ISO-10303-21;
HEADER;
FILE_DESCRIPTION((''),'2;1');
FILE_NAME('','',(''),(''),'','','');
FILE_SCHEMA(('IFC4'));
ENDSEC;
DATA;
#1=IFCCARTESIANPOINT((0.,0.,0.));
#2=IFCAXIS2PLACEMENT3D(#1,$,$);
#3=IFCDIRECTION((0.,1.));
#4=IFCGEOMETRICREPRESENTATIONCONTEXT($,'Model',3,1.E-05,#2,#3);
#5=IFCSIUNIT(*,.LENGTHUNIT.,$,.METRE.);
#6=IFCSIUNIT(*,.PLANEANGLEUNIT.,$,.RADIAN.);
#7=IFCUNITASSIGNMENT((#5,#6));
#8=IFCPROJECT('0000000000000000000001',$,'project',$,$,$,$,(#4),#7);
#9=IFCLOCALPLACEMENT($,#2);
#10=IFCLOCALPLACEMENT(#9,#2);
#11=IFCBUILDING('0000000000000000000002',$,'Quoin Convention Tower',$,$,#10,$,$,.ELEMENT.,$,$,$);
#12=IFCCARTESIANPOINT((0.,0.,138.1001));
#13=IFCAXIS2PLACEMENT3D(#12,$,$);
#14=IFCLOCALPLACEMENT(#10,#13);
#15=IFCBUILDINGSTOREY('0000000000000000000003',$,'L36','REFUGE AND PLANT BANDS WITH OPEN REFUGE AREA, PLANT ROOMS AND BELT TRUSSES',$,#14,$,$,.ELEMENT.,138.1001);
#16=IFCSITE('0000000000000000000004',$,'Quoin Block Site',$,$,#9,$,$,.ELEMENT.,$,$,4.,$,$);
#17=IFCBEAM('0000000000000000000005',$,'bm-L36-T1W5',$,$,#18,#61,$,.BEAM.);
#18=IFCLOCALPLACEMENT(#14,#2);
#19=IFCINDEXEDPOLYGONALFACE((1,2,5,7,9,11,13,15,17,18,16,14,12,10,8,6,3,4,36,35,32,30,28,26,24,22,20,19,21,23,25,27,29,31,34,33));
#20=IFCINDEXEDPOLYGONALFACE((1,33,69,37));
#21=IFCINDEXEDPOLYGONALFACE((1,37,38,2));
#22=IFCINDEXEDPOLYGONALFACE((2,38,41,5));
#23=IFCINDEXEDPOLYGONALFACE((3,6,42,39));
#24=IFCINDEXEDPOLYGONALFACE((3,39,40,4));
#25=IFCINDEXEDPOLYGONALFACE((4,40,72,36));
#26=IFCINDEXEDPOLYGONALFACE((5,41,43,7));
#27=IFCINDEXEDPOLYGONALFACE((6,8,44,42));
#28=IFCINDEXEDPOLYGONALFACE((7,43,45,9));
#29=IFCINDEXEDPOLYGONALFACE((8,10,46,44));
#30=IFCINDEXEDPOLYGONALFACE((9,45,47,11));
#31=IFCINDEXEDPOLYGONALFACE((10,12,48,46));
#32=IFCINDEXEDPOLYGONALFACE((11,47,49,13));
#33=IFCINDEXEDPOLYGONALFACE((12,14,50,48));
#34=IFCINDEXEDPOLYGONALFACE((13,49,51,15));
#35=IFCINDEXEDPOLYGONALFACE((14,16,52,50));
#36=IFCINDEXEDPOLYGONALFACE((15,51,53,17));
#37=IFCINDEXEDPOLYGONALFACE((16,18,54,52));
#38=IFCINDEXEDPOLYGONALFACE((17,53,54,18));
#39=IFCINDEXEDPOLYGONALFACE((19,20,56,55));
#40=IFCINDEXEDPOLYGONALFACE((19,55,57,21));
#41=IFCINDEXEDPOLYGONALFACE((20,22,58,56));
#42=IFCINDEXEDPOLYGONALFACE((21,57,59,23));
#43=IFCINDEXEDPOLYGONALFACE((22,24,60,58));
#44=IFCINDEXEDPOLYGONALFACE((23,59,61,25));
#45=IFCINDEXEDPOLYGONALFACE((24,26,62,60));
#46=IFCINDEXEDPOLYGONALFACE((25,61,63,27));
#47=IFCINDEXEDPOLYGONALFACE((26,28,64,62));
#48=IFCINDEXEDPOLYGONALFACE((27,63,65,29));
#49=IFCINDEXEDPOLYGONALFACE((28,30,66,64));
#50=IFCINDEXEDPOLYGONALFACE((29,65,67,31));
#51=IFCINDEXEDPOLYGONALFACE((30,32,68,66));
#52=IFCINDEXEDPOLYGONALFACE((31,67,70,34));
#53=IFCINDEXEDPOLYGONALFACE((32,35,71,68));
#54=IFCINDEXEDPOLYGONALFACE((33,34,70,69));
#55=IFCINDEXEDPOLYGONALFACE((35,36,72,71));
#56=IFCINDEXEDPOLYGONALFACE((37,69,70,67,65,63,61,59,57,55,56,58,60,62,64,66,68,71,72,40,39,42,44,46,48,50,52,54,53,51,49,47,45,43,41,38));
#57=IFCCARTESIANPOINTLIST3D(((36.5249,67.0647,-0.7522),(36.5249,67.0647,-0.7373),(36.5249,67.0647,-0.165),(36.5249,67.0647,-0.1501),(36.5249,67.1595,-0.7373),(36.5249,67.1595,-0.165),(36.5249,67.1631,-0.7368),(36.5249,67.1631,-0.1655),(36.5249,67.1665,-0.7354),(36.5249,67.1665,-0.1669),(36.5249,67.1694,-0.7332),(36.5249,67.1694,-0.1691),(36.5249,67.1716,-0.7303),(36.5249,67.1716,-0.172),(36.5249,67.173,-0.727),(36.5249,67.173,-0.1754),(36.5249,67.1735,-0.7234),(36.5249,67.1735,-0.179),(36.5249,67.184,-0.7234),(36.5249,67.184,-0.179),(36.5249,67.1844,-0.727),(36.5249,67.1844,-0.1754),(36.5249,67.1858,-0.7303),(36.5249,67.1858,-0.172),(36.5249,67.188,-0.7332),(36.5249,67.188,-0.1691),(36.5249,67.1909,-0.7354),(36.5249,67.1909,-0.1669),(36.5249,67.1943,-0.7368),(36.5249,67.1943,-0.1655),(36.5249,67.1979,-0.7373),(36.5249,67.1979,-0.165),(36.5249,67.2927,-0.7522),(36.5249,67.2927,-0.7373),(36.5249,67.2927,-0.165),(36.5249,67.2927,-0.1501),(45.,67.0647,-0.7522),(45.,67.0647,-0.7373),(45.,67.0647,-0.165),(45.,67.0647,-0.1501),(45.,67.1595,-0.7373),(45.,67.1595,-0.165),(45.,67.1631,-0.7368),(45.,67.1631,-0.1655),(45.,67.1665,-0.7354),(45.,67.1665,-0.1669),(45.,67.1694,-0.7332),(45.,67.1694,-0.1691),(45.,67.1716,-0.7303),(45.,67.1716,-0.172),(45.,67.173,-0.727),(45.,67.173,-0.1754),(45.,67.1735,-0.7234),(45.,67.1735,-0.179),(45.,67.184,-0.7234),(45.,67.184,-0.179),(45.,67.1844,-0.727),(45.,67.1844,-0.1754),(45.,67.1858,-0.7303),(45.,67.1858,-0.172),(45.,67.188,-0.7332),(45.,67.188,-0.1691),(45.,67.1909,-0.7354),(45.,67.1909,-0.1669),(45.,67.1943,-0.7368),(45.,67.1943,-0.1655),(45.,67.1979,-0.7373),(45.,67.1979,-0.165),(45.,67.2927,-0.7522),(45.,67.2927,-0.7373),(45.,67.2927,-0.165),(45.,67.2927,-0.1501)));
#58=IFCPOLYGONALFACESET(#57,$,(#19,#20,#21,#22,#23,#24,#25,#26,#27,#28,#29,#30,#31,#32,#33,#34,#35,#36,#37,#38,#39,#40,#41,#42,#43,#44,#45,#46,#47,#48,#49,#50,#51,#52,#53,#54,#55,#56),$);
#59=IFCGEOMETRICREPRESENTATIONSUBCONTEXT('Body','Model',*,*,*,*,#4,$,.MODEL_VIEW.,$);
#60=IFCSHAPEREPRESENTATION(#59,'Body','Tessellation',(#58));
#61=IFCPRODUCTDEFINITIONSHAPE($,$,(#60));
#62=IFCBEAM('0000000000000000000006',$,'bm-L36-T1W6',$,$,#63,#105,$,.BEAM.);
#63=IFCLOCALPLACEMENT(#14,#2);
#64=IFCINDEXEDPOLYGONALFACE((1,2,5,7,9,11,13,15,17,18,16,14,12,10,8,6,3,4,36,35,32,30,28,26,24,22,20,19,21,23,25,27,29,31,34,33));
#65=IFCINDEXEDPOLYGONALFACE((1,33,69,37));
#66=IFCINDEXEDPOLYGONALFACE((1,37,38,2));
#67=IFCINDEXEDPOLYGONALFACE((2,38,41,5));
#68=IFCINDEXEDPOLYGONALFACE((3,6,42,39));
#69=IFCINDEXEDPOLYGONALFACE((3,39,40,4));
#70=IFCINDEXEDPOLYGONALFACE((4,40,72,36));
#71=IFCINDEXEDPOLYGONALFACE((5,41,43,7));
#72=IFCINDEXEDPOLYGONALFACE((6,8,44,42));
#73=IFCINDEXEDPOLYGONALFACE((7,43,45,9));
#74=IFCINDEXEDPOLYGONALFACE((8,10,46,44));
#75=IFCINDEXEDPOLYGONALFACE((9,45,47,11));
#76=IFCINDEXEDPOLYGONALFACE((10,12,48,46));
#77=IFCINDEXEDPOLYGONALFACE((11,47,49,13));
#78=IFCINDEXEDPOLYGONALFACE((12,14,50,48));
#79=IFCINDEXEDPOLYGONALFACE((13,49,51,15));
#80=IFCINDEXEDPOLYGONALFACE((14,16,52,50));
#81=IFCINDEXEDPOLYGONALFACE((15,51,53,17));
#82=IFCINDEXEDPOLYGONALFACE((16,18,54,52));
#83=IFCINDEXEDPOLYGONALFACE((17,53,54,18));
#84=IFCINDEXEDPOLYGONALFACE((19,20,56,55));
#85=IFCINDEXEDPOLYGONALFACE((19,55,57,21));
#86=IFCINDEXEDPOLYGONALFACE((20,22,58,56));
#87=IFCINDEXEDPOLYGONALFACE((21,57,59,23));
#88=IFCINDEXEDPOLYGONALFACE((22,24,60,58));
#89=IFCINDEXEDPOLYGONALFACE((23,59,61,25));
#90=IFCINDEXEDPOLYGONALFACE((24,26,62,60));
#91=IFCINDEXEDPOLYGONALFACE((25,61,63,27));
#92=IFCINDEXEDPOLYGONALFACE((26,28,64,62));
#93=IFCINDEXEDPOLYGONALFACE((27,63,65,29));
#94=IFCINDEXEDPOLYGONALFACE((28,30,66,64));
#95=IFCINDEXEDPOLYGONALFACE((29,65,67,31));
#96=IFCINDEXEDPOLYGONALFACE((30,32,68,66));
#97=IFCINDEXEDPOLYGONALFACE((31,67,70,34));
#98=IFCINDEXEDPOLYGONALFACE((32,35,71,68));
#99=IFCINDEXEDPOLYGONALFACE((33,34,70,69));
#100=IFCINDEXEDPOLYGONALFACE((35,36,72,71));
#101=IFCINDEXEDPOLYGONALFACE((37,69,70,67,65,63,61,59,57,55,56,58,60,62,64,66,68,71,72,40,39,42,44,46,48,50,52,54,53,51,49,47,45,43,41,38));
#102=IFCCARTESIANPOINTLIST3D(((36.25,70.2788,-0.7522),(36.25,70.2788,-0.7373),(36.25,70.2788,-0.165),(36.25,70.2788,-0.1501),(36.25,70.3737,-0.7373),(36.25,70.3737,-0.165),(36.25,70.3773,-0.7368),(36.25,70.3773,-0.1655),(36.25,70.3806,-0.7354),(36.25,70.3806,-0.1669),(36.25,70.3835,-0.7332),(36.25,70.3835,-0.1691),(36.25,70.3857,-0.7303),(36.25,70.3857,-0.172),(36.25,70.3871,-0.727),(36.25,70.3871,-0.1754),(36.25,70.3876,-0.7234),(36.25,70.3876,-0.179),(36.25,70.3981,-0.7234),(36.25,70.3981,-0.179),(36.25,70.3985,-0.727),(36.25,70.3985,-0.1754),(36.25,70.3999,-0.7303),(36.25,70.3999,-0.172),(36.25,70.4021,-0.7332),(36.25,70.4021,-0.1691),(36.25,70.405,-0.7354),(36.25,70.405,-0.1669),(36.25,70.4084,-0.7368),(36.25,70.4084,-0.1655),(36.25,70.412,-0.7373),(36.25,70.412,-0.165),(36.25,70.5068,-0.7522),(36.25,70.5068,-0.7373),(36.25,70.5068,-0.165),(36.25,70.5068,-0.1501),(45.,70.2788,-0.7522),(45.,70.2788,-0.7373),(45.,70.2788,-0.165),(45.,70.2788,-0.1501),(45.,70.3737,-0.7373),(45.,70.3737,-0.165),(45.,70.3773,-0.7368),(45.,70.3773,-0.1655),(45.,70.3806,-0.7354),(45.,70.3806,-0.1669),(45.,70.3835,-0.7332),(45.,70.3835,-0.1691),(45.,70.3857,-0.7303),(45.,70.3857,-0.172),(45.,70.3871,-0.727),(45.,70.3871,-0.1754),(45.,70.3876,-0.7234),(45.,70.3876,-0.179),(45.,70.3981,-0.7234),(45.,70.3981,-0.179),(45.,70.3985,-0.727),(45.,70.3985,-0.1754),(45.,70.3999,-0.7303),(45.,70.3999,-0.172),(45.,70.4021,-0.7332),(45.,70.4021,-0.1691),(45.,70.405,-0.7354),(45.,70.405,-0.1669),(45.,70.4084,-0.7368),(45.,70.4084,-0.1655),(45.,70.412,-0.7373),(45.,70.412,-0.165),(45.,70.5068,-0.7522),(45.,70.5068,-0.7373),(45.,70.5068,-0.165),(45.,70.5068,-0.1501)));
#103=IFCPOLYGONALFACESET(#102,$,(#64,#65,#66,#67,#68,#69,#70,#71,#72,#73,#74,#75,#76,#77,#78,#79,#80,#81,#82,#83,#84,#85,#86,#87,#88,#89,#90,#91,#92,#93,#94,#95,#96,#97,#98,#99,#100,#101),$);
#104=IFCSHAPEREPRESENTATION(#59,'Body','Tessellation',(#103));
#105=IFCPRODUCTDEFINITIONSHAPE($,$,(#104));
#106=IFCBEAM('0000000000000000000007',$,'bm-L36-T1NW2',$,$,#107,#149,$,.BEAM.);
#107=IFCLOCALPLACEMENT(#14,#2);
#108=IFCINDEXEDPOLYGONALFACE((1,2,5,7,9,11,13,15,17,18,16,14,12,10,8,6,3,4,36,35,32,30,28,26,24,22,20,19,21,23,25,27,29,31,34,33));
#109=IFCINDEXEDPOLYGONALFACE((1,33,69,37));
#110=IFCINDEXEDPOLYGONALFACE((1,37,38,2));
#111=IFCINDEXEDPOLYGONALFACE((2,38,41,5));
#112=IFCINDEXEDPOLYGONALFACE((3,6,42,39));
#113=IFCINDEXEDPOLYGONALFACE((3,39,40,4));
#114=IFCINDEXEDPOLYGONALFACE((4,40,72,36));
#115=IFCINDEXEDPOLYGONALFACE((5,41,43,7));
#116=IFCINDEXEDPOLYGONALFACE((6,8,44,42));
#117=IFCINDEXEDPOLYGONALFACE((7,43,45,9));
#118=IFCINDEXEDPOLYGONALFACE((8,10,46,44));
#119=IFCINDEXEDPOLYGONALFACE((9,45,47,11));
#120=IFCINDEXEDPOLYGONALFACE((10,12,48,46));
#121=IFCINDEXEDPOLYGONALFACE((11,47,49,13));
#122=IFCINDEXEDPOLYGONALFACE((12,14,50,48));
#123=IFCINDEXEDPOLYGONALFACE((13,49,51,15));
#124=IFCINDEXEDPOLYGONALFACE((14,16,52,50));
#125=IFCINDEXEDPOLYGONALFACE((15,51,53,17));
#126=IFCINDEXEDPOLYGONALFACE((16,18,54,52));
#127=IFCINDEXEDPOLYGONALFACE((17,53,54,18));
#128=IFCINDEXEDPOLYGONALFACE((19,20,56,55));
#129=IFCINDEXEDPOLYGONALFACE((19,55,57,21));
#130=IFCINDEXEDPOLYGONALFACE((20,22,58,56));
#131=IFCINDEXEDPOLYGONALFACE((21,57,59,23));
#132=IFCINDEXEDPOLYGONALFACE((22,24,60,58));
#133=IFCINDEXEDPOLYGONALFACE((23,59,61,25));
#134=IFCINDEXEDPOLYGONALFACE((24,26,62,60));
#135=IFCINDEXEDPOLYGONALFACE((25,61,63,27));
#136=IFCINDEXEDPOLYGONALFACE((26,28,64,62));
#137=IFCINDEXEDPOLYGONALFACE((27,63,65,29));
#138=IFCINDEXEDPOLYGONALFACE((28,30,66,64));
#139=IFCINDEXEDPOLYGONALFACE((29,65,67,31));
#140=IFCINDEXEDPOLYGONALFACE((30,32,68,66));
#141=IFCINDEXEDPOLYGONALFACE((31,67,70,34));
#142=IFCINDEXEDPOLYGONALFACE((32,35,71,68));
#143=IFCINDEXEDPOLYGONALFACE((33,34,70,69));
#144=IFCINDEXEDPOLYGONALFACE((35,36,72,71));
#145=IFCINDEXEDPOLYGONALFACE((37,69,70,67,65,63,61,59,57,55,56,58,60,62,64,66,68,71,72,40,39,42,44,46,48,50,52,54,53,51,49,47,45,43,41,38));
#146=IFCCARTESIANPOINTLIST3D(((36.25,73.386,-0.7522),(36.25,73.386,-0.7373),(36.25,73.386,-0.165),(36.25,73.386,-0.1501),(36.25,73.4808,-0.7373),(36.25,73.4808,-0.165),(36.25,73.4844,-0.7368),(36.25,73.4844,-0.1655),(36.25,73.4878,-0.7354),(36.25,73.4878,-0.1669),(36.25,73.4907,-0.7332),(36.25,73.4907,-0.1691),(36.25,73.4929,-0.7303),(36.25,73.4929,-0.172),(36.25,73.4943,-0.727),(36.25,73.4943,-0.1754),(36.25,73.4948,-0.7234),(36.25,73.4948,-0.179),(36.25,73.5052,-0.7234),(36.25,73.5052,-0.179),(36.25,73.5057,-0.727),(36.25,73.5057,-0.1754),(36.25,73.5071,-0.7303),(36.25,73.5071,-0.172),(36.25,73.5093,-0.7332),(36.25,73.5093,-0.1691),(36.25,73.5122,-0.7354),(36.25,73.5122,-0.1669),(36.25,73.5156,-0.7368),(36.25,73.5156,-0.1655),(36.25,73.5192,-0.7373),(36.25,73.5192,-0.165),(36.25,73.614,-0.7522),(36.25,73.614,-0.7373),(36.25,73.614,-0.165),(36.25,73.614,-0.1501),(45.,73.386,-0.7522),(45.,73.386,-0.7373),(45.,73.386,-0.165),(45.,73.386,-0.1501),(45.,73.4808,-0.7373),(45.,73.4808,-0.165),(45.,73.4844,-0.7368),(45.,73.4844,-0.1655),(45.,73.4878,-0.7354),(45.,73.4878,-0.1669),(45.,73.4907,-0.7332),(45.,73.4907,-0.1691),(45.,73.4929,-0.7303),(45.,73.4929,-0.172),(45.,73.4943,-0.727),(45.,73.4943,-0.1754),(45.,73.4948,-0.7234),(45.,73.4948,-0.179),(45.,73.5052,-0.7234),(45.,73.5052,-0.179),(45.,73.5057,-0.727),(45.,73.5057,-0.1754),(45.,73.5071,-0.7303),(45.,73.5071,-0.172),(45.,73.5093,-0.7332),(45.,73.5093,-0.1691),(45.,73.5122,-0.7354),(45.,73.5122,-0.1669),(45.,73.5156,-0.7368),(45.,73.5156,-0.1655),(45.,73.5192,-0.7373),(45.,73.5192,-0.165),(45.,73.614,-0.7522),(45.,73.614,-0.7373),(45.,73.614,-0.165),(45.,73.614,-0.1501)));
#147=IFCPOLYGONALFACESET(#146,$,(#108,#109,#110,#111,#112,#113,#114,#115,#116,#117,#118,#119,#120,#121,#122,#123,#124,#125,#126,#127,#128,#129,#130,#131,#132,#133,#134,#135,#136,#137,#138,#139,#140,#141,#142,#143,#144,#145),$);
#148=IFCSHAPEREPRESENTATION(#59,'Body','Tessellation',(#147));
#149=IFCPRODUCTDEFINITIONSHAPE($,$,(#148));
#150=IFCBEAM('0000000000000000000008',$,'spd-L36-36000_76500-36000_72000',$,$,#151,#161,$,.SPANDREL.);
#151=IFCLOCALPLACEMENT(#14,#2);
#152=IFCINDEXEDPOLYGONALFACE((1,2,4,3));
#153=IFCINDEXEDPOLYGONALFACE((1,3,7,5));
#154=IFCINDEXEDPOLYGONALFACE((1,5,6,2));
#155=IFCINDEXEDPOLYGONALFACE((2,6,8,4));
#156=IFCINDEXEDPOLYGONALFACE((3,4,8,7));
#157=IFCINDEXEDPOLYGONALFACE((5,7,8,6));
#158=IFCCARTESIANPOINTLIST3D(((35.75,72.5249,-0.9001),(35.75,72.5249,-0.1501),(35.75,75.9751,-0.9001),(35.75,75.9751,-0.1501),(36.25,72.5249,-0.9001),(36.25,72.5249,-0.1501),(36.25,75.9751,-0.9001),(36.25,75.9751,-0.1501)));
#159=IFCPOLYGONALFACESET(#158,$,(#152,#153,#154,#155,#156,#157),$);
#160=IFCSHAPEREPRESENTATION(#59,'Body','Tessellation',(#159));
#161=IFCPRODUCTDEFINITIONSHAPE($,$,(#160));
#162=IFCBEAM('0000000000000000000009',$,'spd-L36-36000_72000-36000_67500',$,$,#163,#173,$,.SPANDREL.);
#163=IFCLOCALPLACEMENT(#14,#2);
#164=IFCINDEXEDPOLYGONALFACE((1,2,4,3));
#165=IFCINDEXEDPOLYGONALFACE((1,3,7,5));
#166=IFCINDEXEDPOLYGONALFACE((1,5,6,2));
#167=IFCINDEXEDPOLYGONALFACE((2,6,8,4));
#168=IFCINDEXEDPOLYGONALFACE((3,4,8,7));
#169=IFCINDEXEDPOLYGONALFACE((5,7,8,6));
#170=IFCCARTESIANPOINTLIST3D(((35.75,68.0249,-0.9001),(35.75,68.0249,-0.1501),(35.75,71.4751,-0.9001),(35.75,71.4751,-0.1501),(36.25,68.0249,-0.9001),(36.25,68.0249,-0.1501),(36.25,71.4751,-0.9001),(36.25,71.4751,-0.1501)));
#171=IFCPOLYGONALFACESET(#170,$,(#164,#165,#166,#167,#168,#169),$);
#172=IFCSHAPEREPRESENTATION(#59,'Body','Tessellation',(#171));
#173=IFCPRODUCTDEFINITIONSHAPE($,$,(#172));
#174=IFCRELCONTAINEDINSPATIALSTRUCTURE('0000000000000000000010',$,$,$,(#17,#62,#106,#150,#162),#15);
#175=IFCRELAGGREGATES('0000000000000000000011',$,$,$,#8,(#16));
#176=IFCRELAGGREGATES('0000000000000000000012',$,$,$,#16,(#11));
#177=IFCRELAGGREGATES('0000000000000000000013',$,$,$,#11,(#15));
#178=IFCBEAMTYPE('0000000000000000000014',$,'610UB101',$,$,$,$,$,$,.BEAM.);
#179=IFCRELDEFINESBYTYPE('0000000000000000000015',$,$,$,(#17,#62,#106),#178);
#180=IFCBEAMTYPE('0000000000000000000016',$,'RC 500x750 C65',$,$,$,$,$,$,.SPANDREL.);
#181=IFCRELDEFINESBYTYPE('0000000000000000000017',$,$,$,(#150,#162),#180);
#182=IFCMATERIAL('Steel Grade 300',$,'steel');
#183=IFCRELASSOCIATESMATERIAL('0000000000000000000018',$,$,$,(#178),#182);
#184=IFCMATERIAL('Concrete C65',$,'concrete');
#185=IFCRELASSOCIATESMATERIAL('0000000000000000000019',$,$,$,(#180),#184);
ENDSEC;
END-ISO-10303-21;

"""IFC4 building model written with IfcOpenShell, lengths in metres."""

from ifc_helpers import new_model, si_unit, direction, frame, origin, origin_2d, place, context, subcontext, project, spatial, rectangle, i_section, extrude, material, material_profile, profile_set, type_object, element, save


model = new_model("IFC4")

# Units and contexts
model_context = context("Model", 3, precision=1e-05, world=origin(), true_north=direction((0.0, 1.0)))
body_context = subcontext(model_context, "Body", "Model", "MODEL_VIEW")
ifc_project = project(units=[si_unit("LENGTHUNIT", "METRE"), si_unit("PLANEANGLEUNIT", "RADIAN")], contexts=[model_context])

# Site, building, storey
site_placement = place(None, origin())
site = spatial("IfcSite", under=ifc_project, at=site_placement, Name="Quoin Block Site", CompositionType="ELEMENT", RefElevation=4.0)
building_placement = place(site_placement, origin())
building = spatial("IfcBuilding", under=site, at=building_placement, Name="Quoin Convention Tower", CompositionType="ELEMENT")
storey_placement = place(building_placement, frame((0.0, 0.0, 138.1001)))
storey = spatial("IfcBuildingStorey", under=building, at=storey_placement, Name="L36", Description="REFUGE AND PLANT BANDS WITH OPEN REFUGE AREA, PLANT ROOMS AND BELT TRUSSES", CompositionType="ELEMENT", Elevation=138.1001)

# Shared definitions
ifc_material_1 = material(Name="Concrete C65", Category="concrete")

# Shared definitions
ifc_material_2 = material(Name="Steel Grade 300", Category="steel")

# Beams
ifc_material_profile_1 = material_profile(ifc_material_2, i_section(OverallWidth=0.228, OverallDepth=0.6021, WebThickness=0.0105, FlangeThickness=0.0149, FilletRadius=0.0139, at=origin_2d()), Name="610UB101")
ifc_profile_set_1 = profile_set([ifc_material_profile_1], Name="Steel Grade 300")
beam_type_1 = type_object("IfcBeamType", Name="610UB101", PredefinedType="BEAM", material=ifc_profile_set_1)
beam_1_placement = place(storey_placement, frame((36.5249, 67.1787, -0.4512), z_axis=(1.0, 0.0, 0.0), x_axis=(0.0, 1.0, 0.0)))
element("IfcBeam", 1, at=beam_1_placement, inside=storey, type_object=beam_type_1, Name="bm-L36-T1W5", PredefinedType="BEAM", context=body_context, shape_type="SweptSolid", body=[
    extrude(i_section(OverallWidth=0.228, OverallDepth=0.6021, WebThickness=0.0105, FlangeThickness=0.0149, FilletRadius=0.0139, at=origin_2d()), origin(), (0.0, 0.0, 1.0), 8.4751),
])
for number, where, z_axis, x_axis, name in (
    (2, (36.25, 70.3928, -0.4512), (1.0, 0.0, 0.0), (0.0, 1.0, 0.0), "bm-L36-T1W6"),
    (3, (36.25, 73.5, -0.4512), (1.0, 0.0, 0.0), (0.0, 1.0, 0.0), "bm-L36-T1NW2"),
):
    element("IfcBeam", number, at=place(storey_placement, frame(where, z_axis=z_axis, x_axis=x_axis)), inside=storey, type_object=beam_type_1, Name=name, PredefinedType="BEAM", context=body_context, shape_type="SweptSolid", body=[
        extrude(i_section(OverallWidth=0.228, OverallDepth=0.6021, WebThickness=0.0105, FlangeThickness=0.0149, FilletRadius=0.0139, at=origin_2d()), origin(), (0.0, 0.0, 1.0), 8.75),
    ])
ifc_material_profile_2 = material_profile(ifc_material_1, rectangle(XDim=0.5, YDim=0.75, at=origin_2d()), Name="RC 500x750")
ifc_profile_set_2 = profile_set([ifc_material_profile_2], Name="Concrete C65")
beam_type_2 = type_object("IfcBeamType", Name="RC 500x750 C65", PredefinedType="SPANDREL", material=ifc_profile_set_2)
for number, where, z_axis, x_axis, name in (
    (4, (36.0, 75.9751, -0.5251), (0.0, -1.0, 0.0), (1.0, 0.0, 0.0), "spd-L36-36000_76500-36000_72000"),
    (5, (36.0, 71.4751, -0.5251), (0.0, -1.0, 0.0), (1.0, 0.0, 0.0), "spd-L36-36000_72000-36000_67500"),
):
    element("IfcBeam", number, at=place(storey_placement, frame(where, z_axis=z_axis, x_axis=x_axis)), inside=storey, type_object=beam_type_2, Name=name, PredefinedType="SPANDREL", context=body_context, shape_type="SweptSolid", body=[
        extrude(rectangle(XDim=0.5, YDim=0.75, at=origin_2d()), origin(), (0.0, 0.0, 1.0), 3.4502),
    ])

save(model, "model.ifc")
